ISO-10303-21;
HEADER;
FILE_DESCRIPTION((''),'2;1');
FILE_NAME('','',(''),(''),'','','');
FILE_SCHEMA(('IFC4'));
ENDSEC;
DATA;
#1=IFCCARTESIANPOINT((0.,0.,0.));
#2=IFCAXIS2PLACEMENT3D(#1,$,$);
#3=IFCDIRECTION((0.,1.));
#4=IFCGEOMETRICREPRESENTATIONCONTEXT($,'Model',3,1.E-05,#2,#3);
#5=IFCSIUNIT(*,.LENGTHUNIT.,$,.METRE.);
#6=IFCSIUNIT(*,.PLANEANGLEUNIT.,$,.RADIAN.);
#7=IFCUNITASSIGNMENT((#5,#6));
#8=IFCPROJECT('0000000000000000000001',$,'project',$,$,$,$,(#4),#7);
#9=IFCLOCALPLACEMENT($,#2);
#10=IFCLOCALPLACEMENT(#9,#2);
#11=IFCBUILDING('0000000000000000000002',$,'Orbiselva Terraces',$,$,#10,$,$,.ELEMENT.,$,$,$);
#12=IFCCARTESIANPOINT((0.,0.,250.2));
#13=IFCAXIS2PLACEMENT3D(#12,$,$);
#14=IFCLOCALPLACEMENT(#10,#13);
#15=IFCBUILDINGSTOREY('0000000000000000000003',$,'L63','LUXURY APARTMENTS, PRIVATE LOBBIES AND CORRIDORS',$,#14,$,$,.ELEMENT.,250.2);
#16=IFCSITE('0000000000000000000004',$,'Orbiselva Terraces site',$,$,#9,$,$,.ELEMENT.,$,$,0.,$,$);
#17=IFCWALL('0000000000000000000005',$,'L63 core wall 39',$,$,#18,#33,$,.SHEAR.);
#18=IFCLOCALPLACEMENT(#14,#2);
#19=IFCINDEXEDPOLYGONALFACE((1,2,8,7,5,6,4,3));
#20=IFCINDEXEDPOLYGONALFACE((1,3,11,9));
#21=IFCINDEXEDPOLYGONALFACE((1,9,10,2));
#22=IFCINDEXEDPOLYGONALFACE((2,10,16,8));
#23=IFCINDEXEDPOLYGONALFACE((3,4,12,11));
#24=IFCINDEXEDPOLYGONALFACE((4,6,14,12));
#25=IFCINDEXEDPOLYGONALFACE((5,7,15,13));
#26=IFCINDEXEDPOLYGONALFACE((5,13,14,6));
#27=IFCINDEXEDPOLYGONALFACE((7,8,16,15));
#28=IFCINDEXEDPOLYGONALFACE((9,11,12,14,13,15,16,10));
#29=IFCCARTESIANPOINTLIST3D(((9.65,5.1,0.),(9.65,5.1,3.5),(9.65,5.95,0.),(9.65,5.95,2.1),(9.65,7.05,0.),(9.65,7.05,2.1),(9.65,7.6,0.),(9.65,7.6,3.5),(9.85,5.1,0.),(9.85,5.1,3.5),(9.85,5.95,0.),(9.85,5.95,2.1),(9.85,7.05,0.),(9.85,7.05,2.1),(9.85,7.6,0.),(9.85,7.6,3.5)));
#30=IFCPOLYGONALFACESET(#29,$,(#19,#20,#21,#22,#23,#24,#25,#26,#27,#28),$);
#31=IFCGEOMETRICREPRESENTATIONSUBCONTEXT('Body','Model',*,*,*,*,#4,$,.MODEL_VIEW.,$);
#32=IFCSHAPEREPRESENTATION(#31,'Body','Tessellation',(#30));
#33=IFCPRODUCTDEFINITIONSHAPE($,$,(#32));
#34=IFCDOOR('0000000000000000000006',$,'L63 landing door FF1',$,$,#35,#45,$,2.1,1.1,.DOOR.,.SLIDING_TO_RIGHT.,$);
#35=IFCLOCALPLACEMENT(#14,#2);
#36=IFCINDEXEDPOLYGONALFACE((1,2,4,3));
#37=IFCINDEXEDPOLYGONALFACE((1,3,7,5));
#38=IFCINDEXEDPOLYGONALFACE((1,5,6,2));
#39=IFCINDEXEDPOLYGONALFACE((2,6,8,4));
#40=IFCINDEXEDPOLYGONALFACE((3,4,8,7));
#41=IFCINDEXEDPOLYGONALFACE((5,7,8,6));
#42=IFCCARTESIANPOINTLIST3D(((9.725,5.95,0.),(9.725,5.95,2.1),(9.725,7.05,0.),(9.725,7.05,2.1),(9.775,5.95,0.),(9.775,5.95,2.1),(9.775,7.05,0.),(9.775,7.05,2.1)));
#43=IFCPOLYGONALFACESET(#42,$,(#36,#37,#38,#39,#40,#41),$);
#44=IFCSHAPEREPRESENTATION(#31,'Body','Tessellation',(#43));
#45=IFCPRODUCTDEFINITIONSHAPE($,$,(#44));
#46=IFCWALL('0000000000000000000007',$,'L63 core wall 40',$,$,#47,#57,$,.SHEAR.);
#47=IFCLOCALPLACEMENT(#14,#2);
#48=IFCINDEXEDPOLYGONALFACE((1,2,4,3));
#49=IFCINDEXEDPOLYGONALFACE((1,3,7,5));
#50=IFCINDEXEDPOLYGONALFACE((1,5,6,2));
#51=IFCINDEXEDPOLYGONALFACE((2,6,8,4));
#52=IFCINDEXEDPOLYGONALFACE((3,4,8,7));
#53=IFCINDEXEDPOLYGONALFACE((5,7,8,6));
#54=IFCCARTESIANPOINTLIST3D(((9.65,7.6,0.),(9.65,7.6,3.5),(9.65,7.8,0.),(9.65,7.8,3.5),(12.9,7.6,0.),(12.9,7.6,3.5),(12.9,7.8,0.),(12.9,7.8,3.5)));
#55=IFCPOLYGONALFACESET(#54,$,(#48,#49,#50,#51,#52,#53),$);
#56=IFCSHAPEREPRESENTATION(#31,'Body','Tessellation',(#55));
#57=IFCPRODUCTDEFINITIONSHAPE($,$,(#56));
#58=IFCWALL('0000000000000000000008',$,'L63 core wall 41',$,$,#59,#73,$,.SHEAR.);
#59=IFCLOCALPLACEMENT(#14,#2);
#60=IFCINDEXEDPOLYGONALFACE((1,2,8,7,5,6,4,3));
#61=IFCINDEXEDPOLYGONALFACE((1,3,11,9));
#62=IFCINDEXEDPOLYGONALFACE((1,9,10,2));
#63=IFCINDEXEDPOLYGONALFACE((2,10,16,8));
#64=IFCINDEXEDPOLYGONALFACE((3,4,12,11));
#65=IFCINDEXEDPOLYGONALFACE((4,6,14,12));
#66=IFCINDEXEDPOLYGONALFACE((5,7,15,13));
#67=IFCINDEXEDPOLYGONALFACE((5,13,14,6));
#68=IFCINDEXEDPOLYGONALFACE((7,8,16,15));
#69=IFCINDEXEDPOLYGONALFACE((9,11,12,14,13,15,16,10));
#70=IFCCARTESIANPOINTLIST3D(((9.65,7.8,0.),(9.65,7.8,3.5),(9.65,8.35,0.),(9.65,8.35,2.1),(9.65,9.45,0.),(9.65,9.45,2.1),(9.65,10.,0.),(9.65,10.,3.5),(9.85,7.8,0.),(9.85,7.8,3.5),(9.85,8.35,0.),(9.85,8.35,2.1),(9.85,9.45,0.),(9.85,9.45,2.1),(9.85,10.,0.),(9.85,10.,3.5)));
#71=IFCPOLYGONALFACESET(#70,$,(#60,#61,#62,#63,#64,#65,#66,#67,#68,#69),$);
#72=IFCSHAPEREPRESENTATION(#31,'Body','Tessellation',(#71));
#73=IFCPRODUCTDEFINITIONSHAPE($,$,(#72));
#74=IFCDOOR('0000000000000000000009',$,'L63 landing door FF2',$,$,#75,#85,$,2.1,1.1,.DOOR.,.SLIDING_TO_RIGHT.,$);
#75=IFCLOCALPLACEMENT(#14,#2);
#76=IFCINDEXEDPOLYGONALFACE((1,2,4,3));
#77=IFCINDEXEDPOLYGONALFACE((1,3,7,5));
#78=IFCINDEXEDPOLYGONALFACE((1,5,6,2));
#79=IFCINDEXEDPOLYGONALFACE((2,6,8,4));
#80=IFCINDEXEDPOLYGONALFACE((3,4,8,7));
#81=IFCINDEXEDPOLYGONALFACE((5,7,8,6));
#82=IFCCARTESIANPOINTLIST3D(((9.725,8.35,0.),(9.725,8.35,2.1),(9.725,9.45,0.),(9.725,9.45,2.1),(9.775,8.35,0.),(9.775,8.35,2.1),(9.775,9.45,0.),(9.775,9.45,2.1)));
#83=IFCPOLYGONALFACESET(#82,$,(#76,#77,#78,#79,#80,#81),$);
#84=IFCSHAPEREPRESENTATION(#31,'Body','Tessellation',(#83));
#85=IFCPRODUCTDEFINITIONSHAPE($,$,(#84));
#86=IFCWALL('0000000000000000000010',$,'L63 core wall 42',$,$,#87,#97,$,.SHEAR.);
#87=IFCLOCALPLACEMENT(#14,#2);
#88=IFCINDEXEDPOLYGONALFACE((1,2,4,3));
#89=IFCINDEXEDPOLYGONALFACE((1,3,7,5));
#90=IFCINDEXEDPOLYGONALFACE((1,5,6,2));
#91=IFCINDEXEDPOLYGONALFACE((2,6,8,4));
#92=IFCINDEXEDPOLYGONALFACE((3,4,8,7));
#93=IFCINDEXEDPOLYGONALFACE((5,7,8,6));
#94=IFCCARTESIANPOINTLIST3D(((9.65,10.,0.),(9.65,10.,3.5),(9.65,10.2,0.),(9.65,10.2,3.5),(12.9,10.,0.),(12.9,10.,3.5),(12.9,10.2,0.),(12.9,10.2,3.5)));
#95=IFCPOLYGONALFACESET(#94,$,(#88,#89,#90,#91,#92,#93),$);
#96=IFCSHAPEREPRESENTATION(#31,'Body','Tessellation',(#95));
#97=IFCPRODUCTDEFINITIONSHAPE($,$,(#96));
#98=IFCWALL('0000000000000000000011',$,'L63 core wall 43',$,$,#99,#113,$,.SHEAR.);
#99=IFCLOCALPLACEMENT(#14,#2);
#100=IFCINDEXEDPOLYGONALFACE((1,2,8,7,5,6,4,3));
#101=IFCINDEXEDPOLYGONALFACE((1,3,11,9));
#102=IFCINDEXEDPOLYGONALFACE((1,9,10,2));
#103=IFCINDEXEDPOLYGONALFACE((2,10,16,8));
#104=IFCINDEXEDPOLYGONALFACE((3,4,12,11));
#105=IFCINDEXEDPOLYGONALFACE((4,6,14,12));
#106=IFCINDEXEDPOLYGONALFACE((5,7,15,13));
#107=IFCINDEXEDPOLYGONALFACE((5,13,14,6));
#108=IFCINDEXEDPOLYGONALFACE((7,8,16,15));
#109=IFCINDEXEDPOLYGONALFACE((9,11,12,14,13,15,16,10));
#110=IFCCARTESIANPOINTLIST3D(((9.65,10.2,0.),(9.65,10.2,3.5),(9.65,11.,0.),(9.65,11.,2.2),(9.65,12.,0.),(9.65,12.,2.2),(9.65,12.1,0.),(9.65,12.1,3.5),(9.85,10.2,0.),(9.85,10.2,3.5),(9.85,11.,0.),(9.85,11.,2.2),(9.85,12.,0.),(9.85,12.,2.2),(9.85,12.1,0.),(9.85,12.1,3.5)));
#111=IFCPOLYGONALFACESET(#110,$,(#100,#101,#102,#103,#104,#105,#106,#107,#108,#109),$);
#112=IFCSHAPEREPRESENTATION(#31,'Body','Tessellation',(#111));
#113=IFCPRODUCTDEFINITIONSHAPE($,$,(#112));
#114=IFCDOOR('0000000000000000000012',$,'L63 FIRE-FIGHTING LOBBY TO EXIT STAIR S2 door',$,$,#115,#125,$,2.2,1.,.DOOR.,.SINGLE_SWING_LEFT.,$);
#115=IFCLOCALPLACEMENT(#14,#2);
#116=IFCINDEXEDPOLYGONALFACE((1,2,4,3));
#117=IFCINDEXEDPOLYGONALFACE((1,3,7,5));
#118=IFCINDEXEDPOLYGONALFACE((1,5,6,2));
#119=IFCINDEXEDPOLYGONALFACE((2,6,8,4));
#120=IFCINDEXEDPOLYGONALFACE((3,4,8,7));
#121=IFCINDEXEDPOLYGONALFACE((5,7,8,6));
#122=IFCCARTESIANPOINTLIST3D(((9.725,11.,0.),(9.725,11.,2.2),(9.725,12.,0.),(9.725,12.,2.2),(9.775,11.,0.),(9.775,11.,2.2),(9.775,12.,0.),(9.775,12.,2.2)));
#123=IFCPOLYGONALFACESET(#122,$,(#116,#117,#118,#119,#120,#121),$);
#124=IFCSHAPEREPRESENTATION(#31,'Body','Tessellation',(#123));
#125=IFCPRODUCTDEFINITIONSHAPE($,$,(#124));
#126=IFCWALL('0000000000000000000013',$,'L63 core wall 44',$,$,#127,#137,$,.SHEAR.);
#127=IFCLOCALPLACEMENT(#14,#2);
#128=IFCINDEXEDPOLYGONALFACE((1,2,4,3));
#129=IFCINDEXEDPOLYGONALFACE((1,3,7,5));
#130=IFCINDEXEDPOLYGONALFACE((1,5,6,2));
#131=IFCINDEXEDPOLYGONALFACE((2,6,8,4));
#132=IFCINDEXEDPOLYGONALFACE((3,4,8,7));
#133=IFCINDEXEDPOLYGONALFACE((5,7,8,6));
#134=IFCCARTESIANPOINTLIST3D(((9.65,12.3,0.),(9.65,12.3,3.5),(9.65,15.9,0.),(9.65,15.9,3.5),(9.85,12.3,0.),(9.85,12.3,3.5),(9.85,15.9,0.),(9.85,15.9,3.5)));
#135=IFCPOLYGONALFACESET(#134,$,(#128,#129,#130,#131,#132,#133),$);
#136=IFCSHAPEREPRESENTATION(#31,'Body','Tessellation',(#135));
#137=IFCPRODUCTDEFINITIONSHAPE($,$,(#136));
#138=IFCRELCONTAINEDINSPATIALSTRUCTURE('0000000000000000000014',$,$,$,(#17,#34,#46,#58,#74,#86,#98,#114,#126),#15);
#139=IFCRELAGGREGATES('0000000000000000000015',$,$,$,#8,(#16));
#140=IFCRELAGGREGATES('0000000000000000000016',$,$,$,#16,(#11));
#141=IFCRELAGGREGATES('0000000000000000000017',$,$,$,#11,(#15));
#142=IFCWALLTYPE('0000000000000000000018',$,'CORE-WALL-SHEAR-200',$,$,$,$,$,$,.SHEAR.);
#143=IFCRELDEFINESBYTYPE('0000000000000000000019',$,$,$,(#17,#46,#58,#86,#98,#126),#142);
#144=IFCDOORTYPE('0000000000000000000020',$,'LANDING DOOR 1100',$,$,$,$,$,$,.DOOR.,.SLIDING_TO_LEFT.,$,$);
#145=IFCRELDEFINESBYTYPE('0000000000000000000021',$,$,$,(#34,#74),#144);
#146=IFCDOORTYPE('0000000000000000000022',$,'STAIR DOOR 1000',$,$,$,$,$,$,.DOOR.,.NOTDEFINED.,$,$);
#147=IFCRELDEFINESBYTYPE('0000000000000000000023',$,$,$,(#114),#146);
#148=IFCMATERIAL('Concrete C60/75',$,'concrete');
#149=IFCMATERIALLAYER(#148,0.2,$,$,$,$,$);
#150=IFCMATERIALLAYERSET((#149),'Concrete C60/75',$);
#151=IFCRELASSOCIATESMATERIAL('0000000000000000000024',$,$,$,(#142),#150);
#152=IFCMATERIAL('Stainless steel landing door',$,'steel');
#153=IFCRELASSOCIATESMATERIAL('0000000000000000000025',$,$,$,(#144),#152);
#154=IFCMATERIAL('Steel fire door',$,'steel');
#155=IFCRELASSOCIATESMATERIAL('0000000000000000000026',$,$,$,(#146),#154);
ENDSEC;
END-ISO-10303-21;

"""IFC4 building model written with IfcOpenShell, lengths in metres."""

from ifc_helpers import new_model, si_unit, direction, frame, frame_2d, origin, place, context, subcontext, project, spatial, rectangle, extrude, material, layer, layer_set, type_object, element, fill, save


model = new_model("IFC4")

# Units and contexts
model_context = context("Model", 3, precision=1e-05, world=origin(), true_north=direction((0.0, 1.0)))
body_context = subcontext(model_context, "Body", "Model", "MODEL_VIEW")
ifc_project = project(units=[si_unit("LENGTHUNIT", "METRE"), si_unit("PLANEANGLEUNIT", "RADIAN")], contexts=[model_context])

# Site, building, storey
site_placement = place(None, origin())
site = spatial("IfcSite", under=ifc_project, at=site_placement, Name="Orbiselva Terraces site", CompositionType="ELEMENT", RefElevation=0.0)
building_placement = place(site_placement, origin())
building = spatial("IfcBuilding", under=site, at=building_placement, Name="Orbiselva Terraces", CompositionType="ELEMENT")
storey_placement = place(building_placement, frame((0.0, 0.0, 250.2)))
storey = spatial("IfcBuildingStorey", under=building, at=storey_placement, Name="L63", Description="LUXURY APARTMENTS, PRIVATE LOBBIES AND CORRIDORS", CompositionType="ELEMENT", Elevation=250.2)

# Shared definitions
ifc_material_1 = material(Name="Steel fire door", Category="steel")

# Shared definitions
ifc_material_2 = material(Name="Concrete C60/75", Category="concrete")
ifc_layer_1 = layer(ifc_material_2, 0.2)
ifc_layer_set_1 = layer_set([ifc_layer_1], Name="Concrete C60/75")
wall_type_1 = type_object("IfcWallType", Name="CORE-WALL-SHEAR-200", PredefinedType="SHEAR", material=ifc_layer_set_1)

# Wall, opening, door
wall_1_placement = place(storey_placement, frame((9.75, 5.1, 0.0), z_axis=(0.0, 0.0, 1.0), x_axis=(0.0, 1.0, 0.0)))
wall_1 = element("IfcWall", 1, at=wall_1_placement, inside=storey, type_object=wall_type_1, Name="L63 core wall 39", PredefinedType="SHEAR", context=body_context, shape_type="SweptSolid", body=[
    extrude(rectangle(XDim=2.5, YDim=0.2, at=frame_2d((1.25, 0.0))), origin(), (0.0, 0.0, 1.0), 3.5),
])
opening_1_placement = place(wall_1_placement, frame((0.85, 0.0, 0.0)))
opening_1 = element("IfcOpeningElement", 2, at=opening_1_placement, cuts=wall_1, PredefinedType="OPENING", context=body_context, shape_type="SweptSolid", body=[
    extrude(rectangle(XDim=1.1, YDim=2.1, at=frame_2d((0.55, 1.05))), frame((0.0, 0.11, 0.0), z_axis=(0.0, -1.0, 0.0), x_axis=(1.0, 0.0, 0.0)), (0.0, 0.0, 1.0), 0.22),
])
ifc_material_3 = material(Name="Stainless steel landing door", Category="steel")
door_type_1 = type_object("IfcDoorType", Name="LANDING DOOR 1100", OperationType="SLIDING_TO_LEFT", PredefinedType="DOOR", material=ifc_material_3)
door_1_placement = place(opening_1_placement, origin())
door_1 = element("IfcDoor", 3, at=door_1_placement, inside=storey, type_object=door_type_1, Name="L63 landing door FF1", OperationType="SLIDING_TO_RIGHT", OverallHeight=2.1, OverallWidth=1.1, PredefinedType="DOOR", context=body_context, shape_type="SweptSolid", body=[
    extrude(rectangle(XDim=1.1, YDim=2.1, at=frame_2d((0.55, 1.05))), frame((0.0, 0.025, 0.0), z_axis=(0.0, -1.0, 0.0), x_axis=(1.0, 0.0, 0.0)), (0.0, 0.0, 1.0), 0.05),
])
fill(opening_1, door_1)

# Wall
wall_2_placement = place(storey_placement, frame((9.65, 7.7, 0.0), z_axis=(0.0, 0.0, 1.0), x_axis=(1.0, 0.0, 0.0)))
element("IfcWall", 4, at=wall_2_placement, inside=storey, type_object=wall_type_1, Name="L63 core wall 40", PredefinedType="SHEAR", context=body_context, shape_type="SweptSolid", body=[
    extrude(rectangle(XDim=3.25, YDim=0.2, at=frame_2d((1.625, 0.0))), origin(), (0.0, 0.0, 1.0), 3.5),
])

# Wall, opening, door
wall_3_placement = place(storey_placement, frame((9.75, 7.8, 0.0), z_axis=(0.0, 0.0, 1.0), x_axis=(0.0, 1.0, 0.0)))
wall_3 = element("IfcWall", 5, at=wall_3_placement, inside=storey, type_object=wall_type_1, Name="L63 core wall 41", PredefinedType="SHEAR", context=body_context, shape_type="SweptSolid", body=[
    extrude(rectangle(XDim=2.2, YDim=0.2, at=frame_2d((1.1, 0.0))), origin(), (0.0, 0.0, 1.0), 3.5),
])
opening_2_placement = place(wall_3_placement, frame((0.55, 0.0, 0.0)))
opening_2 = element("IfcOpeningElement", 6, at=opening_2_placement, cuts=wall_3, PredefinedType="OPENING", context=body_context, shape_type="SweptSolid", body=[
    extrude(rectangle(XDim=1.1, YDim=2.1, at=frame_2d((0.55, 1.05))), frame((0.0, 0.11, 0.0), z_axis=(0.0, -1.0, 0.0), x_axis=(1.0, 0.0, 0.0)), (0.0, 0.0, 1.0), 0.22),
])
door_2_placement = place(opening_2_placement, origin())
door_2 = element("IfcDoor", 7, at=door_2_placement, inside=storey, type_object=door_type_1, Name="L63 landing door FF2", OperationType="SLIDING_TO_RIGHT", OverallHeight=2.1, OverallWidth=1.1, PredefinedType="DOOR", context=body_context, shape_type="SweptSolid", body=[
    extrude(rectangle(XDim=1.1, YDim=2.1, at=frame_2d((0.55, 1.05))), frame((0.0, 0.025, 0.0), z_axis=(0.0, -1.0, 0.0), x_axis=(1.0, 0.0, 0.0)), (0.0, 0.0, 1.0), 0.05),
])
fill(opening_2, door_2)

# Wall
wall_4_placement = place(storey_placement, frame((9.65, 10.1, 0.0), z_axis=(0.0, 0.0, 1.0), x_axis=(1.0, 0.0, 0.0)))
element("IfcWall", 8, at=wall_4_placement, inside=storey, type_object=wall_type_1, Name="L63 core wall 42", PredefinedType="SHEAR", context=body_context, shape_type="SweptSolid", body=[
    extrude(rectangle(XDim=3.25, YDim=0.2, at=frame_2d((1.625, 0.0))), origin(), (0.0, 0.0, 1.0), 3.5),
])

# Wall, opening, door
wall_5_placement = place(storey_placement, frame((9.75, 12.1, 0.0), z_axis=(0.0, 0.0, 1.0), x_axis=(0.0, -1.0, 0.0)))
wall_5 = element("IfcWall", 9, at=wall_5_placement, inside=storey, type_object=wall_type_1, Name="L63 core wall 43", PredefinedType="SHEAR", context=body_context, shape_type="SweptSolid", body=[
    extrude(rectangle(XDim=1.9, YDim=0.2, at=frame_2d((0.95, 0.0))), origin(), (0.0, 0.0, 1.0), 3.5),
])
opening_3_placement = place(wall_5_placement, frame((0.1, 0.0, 0.0)))
opening_3 = element("IfcOpeningElement", 10, at=opening_3_placement, cuts=wall_5, PredefinedType="OPENING", context=body_context, shape_type="SweptSolid", body=[
    extrude(rectangle(XDim=1.0, YDim=2.2, at=frame_2d((0.5, 1.1))), frame((0.0, 0.11, 0.0), z_axis=(0.0, -1.0, 0.0), x_axis=(1.0, 0.0, 0.0)), (0.0, 0.0, 1.0), 0.22),
])
door_type_2 = type_object("IfcDoorType", Name="STAIR DOOR 1000", OperationType="NOTDEFINED", PredefinedType="DOOR", material=ifc_material_1)
door_3_placement = place(opening_3_placement, origin())
door_3 = element("IfcDoor", 11, at=door_3_placement, inside=storey, type_object=door_type_2, Name="L63 FIRE-FIGHTING LOBBY TO EXIT STAIR S2 door", OperationType="SINGLE_SWING_LEFT", OverallHeight=2.2, OverallWidth=1.0, PredefinedType="DOOR", context=body_context, shape_type="SweptSolid", body=[
    extrude(rectangle(XDim=1.0, YDim=2.2, at=frame_2d((0.5, 1.1))), frame((0.0, 0.025, 0.0), z_axis=(0.0, -1.0, 0.0), x_axis=(1.0, 0.0, 0.0)), (0.0, 0.0, 1.0), 0.05),
])
fill(opening_3, door_3)

# Wall
wall_6_placement = place(storey_placement, frame((9.75, 12.3, 0.0), z_axis=(0.0, 0.0, 1.0), x_axis=(0.0, 1.0, 0.0)))
element("IfcWall", 12, at=wall_6_placement, inside=storey, type_object=wall_type_1, Name="L63 core wall 44", PredefinedType="SHEAR", context=body_context, shape_type="SweptSolid", body=[
    extrude(rectangle(XDim=3.6, YDim=0.2, at=frame_2d((1.8, 0.0))), origin(), (0.0, 0.0, 1.0), 3.5),
])

save(model, "model.ifc")
